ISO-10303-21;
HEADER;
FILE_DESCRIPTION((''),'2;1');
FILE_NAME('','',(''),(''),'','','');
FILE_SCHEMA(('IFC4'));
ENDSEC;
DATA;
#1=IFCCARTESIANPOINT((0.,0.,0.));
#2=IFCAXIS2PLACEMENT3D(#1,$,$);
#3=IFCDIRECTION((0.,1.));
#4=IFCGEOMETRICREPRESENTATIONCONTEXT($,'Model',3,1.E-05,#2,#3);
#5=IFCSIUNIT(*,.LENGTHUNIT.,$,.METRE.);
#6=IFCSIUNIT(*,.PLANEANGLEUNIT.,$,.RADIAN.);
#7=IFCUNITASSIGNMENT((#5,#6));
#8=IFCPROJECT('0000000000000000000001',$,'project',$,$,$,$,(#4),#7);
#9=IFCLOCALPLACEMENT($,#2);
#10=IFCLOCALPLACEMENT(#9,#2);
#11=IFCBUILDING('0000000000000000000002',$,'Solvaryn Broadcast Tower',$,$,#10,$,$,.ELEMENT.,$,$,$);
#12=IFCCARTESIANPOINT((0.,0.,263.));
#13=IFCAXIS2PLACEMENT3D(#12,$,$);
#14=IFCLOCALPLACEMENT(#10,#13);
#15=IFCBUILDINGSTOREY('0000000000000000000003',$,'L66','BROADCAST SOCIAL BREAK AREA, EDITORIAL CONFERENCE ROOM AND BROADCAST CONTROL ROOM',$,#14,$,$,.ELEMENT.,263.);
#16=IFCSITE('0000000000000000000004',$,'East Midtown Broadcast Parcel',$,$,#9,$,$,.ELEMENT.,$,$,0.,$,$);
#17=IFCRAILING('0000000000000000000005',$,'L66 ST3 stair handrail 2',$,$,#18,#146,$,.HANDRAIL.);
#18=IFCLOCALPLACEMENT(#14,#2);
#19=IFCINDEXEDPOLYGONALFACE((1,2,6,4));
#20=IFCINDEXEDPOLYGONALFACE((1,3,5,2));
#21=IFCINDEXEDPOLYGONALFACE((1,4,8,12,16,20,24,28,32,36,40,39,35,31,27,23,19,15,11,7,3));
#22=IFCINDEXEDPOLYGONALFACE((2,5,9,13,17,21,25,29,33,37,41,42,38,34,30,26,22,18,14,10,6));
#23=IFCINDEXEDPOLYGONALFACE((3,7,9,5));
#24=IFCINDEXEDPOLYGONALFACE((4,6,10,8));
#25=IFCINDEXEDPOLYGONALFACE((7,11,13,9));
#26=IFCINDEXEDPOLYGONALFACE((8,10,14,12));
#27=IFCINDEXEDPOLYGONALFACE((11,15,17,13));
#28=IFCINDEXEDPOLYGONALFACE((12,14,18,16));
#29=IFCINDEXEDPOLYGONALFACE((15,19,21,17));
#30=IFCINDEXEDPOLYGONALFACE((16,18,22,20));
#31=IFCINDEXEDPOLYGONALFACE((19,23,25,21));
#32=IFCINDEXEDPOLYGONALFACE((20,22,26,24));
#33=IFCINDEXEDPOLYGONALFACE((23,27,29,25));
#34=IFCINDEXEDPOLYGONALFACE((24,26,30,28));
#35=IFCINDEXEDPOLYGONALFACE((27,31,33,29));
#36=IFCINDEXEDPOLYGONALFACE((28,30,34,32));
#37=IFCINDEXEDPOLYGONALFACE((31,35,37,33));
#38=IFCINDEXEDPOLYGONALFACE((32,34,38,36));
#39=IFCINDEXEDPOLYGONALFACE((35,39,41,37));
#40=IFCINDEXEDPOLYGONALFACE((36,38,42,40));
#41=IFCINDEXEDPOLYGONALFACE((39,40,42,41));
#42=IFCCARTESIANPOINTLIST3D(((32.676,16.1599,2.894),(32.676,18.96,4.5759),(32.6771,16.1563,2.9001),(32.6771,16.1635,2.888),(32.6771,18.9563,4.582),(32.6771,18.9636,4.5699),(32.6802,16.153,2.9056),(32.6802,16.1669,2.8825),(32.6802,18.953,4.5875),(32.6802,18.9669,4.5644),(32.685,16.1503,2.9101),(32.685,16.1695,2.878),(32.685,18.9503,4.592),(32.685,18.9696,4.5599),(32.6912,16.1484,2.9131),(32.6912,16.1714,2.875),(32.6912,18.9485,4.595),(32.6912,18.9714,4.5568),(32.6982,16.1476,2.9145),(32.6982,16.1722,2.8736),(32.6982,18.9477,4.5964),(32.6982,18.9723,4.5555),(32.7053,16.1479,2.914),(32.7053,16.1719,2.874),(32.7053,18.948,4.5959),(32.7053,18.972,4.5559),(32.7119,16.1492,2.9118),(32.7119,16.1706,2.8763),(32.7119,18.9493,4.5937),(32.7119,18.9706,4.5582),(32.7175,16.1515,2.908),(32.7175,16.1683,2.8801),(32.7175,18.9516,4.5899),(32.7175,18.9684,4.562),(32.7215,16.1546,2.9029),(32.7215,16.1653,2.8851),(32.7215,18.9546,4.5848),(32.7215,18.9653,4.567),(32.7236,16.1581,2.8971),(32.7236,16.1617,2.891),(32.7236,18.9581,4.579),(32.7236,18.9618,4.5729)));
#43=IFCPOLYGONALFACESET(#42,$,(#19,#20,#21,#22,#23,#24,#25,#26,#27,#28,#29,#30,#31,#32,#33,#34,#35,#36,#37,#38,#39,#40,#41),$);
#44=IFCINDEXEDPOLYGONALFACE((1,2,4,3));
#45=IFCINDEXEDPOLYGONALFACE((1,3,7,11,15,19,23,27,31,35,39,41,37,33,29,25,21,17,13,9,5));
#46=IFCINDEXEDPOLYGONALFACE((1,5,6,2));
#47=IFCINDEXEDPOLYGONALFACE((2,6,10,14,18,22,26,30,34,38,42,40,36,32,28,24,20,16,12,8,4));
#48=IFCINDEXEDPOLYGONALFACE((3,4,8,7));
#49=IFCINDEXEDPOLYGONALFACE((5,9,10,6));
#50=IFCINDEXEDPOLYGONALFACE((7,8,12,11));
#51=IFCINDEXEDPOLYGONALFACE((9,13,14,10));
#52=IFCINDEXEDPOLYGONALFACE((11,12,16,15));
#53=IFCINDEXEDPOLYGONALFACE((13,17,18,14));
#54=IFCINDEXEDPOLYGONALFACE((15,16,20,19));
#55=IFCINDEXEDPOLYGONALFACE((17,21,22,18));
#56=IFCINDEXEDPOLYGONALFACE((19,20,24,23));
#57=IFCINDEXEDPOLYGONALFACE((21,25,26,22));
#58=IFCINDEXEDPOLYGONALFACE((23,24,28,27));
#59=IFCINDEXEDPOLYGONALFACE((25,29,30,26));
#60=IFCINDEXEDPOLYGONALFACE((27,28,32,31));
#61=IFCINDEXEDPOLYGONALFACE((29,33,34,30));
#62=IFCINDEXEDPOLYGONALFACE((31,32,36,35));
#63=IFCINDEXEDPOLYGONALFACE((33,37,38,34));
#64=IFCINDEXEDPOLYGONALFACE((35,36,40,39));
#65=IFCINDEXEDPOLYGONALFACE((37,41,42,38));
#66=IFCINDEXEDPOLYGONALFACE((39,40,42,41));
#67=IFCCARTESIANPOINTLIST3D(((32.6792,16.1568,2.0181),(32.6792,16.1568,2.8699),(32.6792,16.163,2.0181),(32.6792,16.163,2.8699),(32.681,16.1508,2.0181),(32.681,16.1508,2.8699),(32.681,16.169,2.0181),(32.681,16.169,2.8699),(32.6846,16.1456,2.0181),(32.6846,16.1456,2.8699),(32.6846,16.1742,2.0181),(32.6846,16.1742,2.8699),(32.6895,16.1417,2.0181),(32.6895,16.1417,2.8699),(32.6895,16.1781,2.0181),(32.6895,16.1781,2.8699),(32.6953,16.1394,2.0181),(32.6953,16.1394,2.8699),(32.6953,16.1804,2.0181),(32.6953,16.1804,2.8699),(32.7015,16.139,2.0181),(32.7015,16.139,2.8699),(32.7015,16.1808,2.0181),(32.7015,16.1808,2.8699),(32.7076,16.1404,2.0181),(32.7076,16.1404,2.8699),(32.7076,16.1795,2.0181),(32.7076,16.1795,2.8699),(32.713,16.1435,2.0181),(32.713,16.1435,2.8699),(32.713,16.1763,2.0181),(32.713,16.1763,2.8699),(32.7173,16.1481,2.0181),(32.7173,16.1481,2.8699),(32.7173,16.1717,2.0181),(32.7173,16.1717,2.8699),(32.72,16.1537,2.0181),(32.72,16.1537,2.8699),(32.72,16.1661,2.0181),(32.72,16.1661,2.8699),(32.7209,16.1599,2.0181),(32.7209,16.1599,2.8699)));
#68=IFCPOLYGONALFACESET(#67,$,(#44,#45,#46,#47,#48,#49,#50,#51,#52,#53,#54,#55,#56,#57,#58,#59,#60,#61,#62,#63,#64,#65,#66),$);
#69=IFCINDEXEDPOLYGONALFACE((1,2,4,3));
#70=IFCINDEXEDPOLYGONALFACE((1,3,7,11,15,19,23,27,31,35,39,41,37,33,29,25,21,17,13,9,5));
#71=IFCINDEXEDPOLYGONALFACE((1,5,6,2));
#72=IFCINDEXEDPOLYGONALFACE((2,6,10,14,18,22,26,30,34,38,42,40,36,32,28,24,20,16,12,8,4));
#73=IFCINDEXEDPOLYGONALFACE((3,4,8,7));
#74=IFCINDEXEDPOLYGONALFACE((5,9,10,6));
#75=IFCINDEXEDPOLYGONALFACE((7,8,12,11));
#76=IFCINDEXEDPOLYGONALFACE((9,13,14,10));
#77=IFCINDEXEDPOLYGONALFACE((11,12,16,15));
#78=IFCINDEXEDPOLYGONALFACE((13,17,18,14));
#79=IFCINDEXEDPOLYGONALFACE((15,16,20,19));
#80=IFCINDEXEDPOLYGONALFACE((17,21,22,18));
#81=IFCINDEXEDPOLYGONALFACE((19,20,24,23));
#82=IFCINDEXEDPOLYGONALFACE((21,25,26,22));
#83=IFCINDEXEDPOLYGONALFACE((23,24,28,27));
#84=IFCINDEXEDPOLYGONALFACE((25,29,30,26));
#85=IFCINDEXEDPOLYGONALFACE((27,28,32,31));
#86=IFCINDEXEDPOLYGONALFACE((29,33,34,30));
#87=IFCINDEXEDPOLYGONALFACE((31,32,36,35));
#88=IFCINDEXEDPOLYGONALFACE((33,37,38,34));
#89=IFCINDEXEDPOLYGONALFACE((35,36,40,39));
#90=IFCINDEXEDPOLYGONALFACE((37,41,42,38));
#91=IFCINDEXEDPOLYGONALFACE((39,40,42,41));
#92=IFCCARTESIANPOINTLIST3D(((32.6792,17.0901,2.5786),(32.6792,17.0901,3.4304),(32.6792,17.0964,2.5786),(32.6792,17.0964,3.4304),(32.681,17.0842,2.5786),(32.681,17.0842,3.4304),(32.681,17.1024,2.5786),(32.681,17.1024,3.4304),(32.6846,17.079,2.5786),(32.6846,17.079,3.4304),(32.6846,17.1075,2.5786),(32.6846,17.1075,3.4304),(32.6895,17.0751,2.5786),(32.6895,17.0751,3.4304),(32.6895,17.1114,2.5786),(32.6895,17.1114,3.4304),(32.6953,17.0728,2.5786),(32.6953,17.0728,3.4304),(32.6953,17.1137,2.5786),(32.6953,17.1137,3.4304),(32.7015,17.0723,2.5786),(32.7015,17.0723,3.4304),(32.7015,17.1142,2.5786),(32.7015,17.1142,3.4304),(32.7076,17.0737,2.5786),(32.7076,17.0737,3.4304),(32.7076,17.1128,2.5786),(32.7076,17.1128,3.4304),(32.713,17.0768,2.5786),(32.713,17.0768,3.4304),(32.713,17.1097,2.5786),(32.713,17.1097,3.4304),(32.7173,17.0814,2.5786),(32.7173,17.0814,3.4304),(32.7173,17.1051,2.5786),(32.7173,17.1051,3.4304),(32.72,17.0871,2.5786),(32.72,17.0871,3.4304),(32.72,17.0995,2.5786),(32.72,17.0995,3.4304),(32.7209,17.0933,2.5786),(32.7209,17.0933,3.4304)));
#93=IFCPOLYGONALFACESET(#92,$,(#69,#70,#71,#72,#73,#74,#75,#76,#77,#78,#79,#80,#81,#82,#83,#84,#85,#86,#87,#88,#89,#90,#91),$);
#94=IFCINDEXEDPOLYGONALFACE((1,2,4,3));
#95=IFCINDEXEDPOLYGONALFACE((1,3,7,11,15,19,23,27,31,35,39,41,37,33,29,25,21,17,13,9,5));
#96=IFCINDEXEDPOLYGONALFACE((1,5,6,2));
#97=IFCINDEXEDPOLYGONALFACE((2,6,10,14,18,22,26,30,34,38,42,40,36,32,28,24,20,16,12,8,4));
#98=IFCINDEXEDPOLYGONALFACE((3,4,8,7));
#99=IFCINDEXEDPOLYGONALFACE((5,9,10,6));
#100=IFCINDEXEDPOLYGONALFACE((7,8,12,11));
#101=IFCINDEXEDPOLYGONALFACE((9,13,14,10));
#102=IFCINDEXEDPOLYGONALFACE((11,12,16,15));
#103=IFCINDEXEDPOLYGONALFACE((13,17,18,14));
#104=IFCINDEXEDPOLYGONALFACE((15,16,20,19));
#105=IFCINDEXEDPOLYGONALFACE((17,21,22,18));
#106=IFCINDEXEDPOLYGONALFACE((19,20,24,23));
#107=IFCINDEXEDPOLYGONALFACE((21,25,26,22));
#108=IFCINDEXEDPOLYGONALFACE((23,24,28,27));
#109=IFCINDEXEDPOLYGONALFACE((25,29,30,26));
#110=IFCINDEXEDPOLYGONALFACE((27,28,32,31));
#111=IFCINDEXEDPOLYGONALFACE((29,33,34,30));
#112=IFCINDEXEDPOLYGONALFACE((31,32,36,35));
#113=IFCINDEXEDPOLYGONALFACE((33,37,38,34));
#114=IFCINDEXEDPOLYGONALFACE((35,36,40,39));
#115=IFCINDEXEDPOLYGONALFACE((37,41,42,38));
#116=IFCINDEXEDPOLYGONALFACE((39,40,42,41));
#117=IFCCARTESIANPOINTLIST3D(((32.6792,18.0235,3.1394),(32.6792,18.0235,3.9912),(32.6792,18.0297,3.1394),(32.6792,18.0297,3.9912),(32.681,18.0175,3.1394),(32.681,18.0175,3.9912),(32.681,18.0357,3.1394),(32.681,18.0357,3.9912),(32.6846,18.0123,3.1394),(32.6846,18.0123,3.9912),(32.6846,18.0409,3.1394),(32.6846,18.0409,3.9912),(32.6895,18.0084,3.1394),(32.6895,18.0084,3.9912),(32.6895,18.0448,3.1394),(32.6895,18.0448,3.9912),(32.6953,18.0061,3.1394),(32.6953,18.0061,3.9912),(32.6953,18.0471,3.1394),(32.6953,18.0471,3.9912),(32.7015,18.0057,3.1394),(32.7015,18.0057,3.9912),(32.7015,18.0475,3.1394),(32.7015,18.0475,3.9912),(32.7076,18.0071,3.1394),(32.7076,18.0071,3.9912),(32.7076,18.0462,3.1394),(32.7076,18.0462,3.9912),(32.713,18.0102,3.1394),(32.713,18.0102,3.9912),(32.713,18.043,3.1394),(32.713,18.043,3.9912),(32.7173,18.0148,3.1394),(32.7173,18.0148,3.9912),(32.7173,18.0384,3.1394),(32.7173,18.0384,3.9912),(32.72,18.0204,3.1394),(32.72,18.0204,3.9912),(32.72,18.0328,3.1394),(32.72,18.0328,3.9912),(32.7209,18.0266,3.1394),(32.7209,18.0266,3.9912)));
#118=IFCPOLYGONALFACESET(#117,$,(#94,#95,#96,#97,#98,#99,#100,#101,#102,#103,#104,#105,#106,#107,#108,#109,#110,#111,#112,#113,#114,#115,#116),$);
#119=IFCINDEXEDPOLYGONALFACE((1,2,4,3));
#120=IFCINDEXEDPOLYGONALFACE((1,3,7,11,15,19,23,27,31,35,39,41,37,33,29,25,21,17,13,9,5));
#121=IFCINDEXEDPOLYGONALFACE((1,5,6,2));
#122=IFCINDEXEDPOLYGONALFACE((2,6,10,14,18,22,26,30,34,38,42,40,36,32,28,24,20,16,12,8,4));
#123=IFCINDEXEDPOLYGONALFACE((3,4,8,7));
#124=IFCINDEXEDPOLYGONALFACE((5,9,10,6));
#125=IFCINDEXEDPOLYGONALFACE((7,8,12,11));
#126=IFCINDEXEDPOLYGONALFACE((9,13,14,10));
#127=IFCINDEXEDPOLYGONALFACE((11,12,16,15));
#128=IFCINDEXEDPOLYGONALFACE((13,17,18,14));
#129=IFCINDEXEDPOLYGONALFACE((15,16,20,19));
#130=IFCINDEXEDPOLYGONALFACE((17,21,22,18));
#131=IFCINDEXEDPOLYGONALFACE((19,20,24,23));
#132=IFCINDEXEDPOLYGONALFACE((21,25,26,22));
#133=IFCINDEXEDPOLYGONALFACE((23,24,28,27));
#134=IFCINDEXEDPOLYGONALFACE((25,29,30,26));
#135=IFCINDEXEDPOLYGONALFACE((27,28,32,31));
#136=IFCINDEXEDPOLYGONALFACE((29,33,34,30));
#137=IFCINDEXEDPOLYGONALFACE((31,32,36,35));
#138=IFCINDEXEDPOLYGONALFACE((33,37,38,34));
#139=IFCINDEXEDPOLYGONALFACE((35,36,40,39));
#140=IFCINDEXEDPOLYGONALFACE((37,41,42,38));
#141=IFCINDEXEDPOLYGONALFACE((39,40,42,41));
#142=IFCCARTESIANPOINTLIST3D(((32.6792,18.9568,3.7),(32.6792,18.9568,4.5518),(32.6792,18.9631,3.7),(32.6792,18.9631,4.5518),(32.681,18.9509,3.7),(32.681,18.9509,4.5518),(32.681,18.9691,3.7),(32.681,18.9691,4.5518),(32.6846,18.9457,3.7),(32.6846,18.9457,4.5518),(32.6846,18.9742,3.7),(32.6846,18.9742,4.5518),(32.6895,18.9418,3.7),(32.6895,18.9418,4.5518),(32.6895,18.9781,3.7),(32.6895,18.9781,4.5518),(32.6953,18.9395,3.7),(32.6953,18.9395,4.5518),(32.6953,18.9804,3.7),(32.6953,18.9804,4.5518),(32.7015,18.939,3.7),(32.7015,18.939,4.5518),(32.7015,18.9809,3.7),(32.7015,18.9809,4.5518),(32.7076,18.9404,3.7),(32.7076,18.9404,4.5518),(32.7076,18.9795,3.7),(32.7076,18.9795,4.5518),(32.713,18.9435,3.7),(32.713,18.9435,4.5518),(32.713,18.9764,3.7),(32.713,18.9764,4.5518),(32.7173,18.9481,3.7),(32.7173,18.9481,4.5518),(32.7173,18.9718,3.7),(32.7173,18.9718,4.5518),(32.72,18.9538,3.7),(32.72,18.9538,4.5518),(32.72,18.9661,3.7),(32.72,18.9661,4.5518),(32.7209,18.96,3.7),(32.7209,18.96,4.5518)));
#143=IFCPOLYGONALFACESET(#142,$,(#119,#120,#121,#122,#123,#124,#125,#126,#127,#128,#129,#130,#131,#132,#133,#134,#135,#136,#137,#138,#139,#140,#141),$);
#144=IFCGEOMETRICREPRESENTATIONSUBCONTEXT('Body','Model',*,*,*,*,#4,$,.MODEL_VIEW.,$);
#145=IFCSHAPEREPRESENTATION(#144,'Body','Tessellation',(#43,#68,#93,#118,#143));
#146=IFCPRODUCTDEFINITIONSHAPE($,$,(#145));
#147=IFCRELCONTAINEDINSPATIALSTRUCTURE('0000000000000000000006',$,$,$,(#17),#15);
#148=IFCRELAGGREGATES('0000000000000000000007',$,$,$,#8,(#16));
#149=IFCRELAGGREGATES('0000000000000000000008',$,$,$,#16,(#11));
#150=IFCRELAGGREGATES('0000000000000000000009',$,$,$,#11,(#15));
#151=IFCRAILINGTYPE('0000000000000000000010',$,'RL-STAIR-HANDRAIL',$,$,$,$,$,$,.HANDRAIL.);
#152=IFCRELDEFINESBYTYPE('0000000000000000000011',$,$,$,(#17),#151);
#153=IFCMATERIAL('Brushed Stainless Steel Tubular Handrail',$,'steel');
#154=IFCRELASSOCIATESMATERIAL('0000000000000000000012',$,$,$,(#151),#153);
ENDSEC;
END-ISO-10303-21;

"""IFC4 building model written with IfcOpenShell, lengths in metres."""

from ifc_helpers import new_model, si_unit, direction, frame, origin, origin_2d, place, context, subcontext, project, spatial, circle, extrude, material, type_object, element, save


model = new_model("IFC4")

# Units and contexts
model_context = context("Model", 3, precision=1e-05, world=origin(), true_north=direction((0.0, 1.0)))
body_context = subcontext(model_context, "Body", "Model", "MODEL_VIEW")
ifc_project = project(units=[si_unit("LENGTHUNIT", "METRE"), si_unit("PLANEANGLEUNIT", "RADIAN")], contexts=[model_context])

# Site, building, storey
site_placement = place(None, origin())
site = spatial("IfcSite", under=ifc_project, at=site_placement, Name="East Midtown Broadcast Parcel", CompositionType="ELEMENT", RefElevation=0.0)
building_placement = place(site_placement, origin())
building = spatial("IfcBuilding", under=site, at=building_placement, Name="Solvaryn Broadcast Tower", CompositionType="ELEMENT")
storey_placement = place(building_placement, frame((0.0, 0.0, 263.0)))
storey = spatial("IfcBuildingStorey", under=building, at=storey_placement, Name="L66", Description="BROADCAST SOCIAL BREAK AREA, EDITORIAL CONFERENCE ROOM AND BROADCAST CONTROL ROOM", CompositionType="ELEMENT", Elevation=263.0)

# Railing
ifc_material_1 = material(Name="Brushed Stainless Steel Tubular Handrail", Category="steel")
railing_type_1 = type_object("IfcRailingType", Name="RL-STAIR-HANDRAIL", PredefinedType="HANDRAIL", material=ifc_material_1)
railing_1_placement = place(storey_placement, frame((32.7, 16.1599, 2.0181)))
element("IfcRailing", 1, at=railing_1_placement, inside=storey, type_object=railing_type_1, Name="L66 ST3 stair handrail 2", PredefinedType="HANDRAIL", context=body_context, shape_type="SweptSolid", body=[
    extrude(circle(Radius=0.0239, at=origin_2d()), frame((0.0, 0.0, 0.876), z_axis=(0.0, 0.857242, 0.514913), x_axis=(-1.0, 0.0, 0.0)), (0.0, 0.0, 1.0), 3.2664),
    extrude(circle(Radius=0.021, at=origin_2d()), origin(), (0.0, 0.0, 1.0), 0.8518),
    extrude(circle(Radius=0.021, at=origin_2d()), frame((0.0, 0.9333, 0.5605)), (0.0, 0.0, 1.0), 0.8518),
    extrude(circle(Radius=0.021, at=origin_2d()), frame((0.0, 1.8667, 1.1213)), (0.0, 0.0, 1.0), 0.8518),
    extrude(circle(Radius=0.021, at=origin_2d()), frame((0.0, 2.8, 1.6819)), (0.0, 0.0, 1.0), 0.8518),
])

save(model, "model.ifc")
